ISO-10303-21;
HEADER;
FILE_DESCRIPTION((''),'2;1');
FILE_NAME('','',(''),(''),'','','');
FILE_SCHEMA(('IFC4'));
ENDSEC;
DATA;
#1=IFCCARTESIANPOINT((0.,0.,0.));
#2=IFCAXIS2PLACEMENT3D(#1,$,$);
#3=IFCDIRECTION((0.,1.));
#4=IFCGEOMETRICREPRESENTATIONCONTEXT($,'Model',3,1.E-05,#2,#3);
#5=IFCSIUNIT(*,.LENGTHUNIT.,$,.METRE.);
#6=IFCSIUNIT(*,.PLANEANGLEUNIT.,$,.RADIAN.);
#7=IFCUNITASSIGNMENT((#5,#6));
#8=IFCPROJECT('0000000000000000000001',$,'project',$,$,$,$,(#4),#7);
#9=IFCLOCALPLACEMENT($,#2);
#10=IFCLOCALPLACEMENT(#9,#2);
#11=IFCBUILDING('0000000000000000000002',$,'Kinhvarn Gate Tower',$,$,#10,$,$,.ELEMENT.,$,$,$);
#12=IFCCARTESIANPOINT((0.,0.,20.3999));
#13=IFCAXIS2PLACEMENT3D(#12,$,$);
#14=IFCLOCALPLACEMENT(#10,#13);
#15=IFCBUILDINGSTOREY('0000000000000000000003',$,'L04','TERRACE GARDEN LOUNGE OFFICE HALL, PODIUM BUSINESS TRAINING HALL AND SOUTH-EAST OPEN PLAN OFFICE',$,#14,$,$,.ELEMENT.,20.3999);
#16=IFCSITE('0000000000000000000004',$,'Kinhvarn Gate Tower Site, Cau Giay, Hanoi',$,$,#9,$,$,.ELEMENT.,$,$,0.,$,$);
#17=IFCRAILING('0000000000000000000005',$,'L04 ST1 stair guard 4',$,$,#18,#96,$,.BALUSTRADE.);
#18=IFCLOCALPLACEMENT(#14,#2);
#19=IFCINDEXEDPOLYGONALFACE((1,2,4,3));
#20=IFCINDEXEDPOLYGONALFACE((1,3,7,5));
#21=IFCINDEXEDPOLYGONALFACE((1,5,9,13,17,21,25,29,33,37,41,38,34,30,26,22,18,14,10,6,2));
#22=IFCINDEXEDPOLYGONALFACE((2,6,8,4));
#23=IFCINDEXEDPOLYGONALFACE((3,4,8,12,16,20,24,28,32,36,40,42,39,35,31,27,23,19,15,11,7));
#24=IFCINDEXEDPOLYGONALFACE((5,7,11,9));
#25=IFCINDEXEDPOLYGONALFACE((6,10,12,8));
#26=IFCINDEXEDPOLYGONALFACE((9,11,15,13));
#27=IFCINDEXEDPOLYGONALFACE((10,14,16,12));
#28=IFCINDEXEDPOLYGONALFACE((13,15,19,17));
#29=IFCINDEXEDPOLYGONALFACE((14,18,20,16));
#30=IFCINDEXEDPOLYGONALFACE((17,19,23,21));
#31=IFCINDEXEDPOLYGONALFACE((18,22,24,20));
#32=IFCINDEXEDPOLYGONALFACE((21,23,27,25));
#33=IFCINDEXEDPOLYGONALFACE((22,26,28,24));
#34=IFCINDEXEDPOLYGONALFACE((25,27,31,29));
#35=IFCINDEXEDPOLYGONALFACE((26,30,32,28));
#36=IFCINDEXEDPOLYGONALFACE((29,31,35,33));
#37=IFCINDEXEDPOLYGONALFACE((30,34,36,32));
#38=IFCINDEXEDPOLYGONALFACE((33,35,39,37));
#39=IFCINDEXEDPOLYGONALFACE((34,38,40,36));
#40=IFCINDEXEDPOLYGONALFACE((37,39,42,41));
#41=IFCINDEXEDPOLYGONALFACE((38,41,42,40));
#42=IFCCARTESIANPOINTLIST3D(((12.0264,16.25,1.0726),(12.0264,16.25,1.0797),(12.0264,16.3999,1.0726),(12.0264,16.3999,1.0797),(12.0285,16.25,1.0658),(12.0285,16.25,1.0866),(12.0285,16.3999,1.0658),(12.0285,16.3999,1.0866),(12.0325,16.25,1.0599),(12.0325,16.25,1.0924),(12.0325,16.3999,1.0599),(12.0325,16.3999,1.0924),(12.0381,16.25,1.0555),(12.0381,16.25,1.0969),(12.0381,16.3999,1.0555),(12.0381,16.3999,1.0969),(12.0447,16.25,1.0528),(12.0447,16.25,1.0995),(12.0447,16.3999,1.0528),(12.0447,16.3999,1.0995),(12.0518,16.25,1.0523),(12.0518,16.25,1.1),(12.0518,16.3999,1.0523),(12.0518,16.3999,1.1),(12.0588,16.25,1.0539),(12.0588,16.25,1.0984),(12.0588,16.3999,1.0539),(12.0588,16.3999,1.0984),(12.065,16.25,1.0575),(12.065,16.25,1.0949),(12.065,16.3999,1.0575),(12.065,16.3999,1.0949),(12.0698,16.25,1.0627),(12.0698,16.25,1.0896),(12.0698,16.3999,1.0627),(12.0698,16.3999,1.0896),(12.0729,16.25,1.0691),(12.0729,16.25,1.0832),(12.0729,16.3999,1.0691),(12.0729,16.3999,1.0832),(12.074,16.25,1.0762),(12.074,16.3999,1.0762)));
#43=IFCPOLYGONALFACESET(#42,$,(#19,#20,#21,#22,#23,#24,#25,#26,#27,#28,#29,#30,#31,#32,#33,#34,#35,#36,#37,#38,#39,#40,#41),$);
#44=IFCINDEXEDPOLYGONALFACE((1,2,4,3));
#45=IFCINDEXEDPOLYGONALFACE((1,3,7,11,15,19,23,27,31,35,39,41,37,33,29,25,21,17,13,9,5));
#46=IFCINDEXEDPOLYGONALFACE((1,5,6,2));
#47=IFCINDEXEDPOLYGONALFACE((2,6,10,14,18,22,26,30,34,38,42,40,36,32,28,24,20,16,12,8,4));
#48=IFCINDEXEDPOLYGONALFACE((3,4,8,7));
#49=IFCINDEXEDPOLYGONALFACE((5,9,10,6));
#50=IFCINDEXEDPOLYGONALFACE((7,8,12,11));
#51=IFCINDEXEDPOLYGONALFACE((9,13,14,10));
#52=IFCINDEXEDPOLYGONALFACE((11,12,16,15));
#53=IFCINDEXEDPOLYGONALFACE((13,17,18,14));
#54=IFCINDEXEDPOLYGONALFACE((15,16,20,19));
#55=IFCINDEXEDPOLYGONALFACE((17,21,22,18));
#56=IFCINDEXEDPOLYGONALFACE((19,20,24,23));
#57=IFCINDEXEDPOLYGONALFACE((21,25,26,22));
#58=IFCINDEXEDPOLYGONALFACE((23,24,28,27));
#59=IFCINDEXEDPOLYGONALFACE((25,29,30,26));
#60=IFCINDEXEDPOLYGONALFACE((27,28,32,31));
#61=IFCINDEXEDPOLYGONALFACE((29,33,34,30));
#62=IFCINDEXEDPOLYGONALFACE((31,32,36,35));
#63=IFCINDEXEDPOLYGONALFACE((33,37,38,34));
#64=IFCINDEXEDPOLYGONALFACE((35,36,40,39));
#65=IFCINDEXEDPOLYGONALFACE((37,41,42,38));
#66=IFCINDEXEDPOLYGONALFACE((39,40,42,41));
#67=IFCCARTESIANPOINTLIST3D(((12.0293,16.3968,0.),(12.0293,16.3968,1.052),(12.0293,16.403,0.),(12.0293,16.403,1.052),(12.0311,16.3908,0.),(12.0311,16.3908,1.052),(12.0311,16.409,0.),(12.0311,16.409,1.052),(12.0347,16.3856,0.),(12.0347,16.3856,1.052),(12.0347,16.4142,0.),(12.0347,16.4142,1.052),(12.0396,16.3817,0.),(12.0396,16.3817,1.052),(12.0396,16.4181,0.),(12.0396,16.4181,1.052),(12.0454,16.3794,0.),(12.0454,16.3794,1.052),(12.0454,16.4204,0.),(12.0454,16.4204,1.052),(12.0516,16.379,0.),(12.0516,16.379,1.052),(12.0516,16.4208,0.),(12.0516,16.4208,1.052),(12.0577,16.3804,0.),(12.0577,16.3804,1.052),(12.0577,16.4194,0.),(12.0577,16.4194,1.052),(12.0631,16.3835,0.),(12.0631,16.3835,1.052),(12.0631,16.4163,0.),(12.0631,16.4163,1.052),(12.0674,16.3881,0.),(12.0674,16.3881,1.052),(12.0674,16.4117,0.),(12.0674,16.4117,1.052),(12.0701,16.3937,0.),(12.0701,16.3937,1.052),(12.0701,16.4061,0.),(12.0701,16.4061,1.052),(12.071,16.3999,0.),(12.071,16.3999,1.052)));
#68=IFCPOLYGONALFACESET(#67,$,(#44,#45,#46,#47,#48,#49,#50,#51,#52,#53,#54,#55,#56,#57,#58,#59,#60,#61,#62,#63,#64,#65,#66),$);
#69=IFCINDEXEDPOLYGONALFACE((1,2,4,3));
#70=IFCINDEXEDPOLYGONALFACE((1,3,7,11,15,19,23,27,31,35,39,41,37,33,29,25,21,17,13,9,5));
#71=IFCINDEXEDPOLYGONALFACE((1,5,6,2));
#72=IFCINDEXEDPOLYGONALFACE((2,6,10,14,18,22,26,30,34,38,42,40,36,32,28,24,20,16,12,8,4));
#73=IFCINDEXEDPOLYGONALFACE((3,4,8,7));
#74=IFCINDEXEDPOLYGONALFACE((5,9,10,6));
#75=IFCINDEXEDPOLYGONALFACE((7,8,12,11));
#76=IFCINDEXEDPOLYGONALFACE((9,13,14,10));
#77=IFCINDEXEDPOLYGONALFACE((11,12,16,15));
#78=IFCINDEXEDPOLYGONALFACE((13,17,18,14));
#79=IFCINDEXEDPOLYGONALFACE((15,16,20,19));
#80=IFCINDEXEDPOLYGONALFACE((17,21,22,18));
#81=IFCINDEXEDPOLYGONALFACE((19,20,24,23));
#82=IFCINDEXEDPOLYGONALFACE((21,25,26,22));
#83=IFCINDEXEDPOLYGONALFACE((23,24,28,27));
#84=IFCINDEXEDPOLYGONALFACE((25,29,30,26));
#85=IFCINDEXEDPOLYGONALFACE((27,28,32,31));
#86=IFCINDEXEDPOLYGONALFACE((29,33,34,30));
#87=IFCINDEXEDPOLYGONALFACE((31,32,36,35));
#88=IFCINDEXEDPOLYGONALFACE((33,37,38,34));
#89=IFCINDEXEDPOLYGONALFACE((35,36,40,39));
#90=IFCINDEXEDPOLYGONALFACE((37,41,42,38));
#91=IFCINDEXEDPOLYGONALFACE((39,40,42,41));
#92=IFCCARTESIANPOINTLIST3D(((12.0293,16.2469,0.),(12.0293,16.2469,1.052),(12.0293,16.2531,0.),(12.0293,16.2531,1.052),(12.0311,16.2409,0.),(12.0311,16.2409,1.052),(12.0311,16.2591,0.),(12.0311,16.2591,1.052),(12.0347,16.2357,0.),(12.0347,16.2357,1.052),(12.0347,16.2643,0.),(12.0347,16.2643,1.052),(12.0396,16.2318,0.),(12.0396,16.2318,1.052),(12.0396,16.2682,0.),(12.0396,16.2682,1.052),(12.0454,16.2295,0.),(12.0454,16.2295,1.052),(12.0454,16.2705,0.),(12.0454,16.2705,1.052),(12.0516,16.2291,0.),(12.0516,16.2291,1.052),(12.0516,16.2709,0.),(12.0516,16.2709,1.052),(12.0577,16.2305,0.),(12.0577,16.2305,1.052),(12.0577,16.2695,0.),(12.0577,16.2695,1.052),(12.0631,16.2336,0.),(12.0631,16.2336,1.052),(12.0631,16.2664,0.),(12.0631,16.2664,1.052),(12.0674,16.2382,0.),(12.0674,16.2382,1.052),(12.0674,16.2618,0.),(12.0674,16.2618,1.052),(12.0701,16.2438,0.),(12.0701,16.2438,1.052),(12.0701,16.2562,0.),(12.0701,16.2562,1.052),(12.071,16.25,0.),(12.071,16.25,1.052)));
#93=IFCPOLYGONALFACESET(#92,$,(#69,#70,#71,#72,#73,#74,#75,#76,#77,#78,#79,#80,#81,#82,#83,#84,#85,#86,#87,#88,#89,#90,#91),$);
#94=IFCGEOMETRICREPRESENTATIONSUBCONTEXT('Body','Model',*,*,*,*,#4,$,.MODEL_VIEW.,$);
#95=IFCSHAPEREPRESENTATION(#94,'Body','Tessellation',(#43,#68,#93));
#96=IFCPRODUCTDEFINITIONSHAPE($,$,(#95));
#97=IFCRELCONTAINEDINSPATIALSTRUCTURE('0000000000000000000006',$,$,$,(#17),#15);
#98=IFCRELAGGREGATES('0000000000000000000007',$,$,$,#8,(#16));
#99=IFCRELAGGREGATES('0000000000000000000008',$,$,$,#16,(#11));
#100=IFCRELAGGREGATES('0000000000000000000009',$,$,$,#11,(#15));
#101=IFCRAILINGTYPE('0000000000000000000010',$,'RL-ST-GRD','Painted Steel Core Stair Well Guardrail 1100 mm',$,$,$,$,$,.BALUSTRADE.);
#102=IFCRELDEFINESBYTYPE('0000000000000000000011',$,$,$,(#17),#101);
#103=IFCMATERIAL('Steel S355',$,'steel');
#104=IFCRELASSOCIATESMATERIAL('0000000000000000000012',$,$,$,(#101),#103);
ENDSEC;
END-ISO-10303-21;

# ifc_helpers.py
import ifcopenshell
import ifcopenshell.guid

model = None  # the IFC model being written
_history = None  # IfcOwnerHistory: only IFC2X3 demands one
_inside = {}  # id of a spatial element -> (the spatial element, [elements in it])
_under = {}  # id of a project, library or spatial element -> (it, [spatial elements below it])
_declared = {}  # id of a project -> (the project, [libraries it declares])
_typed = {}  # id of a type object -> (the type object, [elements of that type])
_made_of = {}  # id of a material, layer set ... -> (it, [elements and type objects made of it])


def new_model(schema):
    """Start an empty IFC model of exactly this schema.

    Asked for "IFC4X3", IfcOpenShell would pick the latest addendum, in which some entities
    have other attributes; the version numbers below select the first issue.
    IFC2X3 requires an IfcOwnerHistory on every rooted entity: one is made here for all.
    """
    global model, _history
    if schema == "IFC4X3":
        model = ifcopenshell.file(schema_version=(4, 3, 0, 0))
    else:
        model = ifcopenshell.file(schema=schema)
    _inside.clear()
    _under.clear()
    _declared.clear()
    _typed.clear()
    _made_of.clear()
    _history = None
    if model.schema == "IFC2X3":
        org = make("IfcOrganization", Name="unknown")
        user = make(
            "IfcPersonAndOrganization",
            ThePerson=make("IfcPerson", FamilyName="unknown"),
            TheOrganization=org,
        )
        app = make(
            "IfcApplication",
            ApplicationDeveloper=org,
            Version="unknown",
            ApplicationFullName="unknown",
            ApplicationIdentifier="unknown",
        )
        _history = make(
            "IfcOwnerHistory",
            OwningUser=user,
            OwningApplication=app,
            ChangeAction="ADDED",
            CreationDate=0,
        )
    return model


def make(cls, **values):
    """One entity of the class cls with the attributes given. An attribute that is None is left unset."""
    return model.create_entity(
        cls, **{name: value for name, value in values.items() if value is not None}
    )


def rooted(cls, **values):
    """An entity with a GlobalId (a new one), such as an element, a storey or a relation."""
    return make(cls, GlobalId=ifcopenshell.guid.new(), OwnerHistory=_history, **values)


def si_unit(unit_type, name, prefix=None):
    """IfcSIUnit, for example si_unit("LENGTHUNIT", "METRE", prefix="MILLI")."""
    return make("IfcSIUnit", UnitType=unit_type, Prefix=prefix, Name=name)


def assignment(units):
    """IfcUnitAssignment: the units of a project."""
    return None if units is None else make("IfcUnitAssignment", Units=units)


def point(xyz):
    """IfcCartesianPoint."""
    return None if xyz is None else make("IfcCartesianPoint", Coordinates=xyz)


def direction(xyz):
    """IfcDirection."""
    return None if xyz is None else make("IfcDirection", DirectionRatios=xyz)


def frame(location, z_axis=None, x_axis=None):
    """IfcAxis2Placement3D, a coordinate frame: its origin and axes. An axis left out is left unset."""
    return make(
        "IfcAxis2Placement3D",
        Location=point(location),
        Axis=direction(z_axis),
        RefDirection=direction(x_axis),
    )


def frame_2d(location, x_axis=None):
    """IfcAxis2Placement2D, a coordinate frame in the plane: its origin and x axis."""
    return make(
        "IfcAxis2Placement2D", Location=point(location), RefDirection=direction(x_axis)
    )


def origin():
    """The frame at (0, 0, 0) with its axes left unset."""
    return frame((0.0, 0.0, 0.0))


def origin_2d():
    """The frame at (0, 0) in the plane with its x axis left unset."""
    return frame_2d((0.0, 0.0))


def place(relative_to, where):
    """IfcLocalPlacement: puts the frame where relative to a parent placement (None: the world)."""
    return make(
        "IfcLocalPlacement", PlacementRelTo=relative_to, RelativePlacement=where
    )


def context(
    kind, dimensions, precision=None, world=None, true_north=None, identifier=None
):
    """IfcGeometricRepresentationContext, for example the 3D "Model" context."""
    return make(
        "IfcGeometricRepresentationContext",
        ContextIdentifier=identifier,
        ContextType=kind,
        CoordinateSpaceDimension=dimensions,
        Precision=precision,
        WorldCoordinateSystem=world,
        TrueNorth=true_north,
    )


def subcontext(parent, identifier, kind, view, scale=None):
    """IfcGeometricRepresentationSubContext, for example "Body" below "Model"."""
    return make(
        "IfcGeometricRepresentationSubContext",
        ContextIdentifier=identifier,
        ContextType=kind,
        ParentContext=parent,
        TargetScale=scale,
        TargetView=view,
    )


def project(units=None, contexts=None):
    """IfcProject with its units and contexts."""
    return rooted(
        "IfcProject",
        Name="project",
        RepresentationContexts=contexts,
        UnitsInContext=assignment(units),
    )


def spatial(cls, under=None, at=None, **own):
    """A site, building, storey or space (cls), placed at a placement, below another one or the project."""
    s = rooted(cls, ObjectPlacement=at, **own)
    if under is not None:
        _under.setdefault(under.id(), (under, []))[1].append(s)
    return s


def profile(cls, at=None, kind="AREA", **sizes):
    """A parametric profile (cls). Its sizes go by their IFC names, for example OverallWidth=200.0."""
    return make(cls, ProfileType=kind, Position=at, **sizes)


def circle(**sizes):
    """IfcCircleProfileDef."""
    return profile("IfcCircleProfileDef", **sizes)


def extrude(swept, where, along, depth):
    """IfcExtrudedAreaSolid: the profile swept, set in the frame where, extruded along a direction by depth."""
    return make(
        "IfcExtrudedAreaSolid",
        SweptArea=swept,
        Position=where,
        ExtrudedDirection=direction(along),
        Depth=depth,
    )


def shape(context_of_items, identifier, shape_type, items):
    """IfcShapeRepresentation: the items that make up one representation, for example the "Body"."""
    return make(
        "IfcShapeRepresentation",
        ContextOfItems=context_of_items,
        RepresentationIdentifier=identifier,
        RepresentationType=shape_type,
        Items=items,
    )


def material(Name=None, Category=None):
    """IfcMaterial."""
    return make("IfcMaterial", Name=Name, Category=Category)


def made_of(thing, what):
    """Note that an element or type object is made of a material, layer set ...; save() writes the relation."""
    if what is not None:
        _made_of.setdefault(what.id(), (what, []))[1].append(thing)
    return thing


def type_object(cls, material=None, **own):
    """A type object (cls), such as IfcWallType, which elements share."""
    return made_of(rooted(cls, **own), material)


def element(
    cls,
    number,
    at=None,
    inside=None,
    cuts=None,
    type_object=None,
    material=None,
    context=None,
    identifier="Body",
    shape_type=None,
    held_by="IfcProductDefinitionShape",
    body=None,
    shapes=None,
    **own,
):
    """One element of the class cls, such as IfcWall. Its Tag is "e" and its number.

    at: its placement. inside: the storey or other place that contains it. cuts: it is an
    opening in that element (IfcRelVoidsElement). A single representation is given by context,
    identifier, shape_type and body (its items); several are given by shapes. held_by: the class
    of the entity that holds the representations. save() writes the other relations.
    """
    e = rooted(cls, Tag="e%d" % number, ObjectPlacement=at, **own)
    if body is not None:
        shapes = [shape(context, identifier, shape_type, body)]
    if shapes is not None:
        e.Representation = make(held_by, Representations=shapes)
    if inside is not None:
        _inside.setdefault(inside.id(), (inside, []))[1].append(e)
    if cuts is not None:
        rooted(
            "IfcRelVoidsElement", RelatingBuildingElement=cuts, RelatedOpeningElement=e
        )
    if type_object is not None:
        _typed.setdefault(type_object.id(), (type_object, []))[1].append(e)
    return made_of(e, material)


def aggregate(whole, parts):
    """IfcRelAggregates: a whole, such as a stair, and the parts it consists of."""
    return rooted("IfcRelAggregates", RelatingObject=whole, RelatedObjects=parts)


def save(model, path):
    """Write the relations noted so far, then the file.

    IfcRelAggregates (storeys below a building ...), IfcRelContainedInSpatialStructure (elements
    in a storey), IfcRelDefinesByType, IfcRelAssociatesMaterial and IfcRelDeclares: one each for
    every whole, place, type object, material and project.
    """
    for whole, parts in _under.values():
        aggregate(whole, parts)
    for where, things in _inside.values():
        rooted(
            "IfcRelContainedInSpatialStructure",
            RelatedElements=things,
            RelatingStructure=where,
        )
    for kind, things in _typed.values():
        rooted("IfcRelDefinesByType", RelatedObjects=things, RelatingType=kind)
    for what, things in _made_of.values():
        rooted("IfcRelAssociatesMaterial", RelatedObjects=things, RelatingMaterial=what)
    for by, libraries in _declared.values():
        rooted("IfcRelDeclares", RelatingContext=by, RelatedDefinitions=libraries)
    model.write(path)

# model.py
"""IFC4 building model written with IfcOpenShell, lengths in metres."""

from ifc_helpers import new_model, si_unit, direction, frame, origin, origin_2d, place, context, subcontext, project, spatial, circle, extrude, material, type_object, element, save


model = new_model("IFC4")

# Units and contexts
model_context = context("Model", 3, precision=1e-05, world=origin(), true_north=direction((0.0, 1.0)))
body_context = subcontext(model_context, "Body", "Model", "MODEL_VIEW")
ifc_project = project(units=[si_unit("LENGTHUNIT", "METRE"), si_unit("PLANEANGLEUNIT", "RADIAN")], contexts=[model_context])

# Site, building, storey
site_placement = place(None, origin())
site = spatial("IfcSite", under=ifc_project, at=site_placement, Name="Kinhvarn Gate Tower Site, Cau Giay, Hanoi", CompositionType="ELEMENT", RefElevation=0.0)
building_placement = place(site_placement, origin())
building = spatial("IfcBuilding", under=site, at=building_placement, Name="Kinhvarn Gate Tower", CompositionType="ELEMENT")
storey_placement = place(building_placement, frame((0.0, 0.0, 20.3999)))
storey = spatial("IfcBuildingStorey", under=building, at=storey_placement, Name="L04", Description="TERRACE GARDEN LOUNGE OFFICE HALL, PODIUM BUSINESS TRAINING HALL AND SOUTH-EAST OPEN PLAN OFFICE", CompositionType="ELEMENT", Elevation=20.3999)

# Shared definitions
ifc_material_1 = material(Name="Steel S355", Category="steel")

# Railing
railing_type_1 = type_object("IfcRailingType", Name="RL-ST-GRD", Description="Painted Steel Core Stair Well Guardrail 1100 mm", PredefinedType="BALUSTRADE", material=ifc_material_1)
railing_1_placement = place(storey_placement, frame((12.05, 16.3999, 0.0)))
element("IfcRailing", 1, at=railing_1_placement, inside=storey, type_object=railing_type_1, Name="L04 ST1 stair guard 4", PredefinedType="BALUSTRADE", context=body_context, shape_type="SweptSolid", body=[
    extrude(circle(Radius=0.0239, at=origin_2d()), frame((0.0, 0.0, 1.0762), z_axis=(0.0, -1.0, 0.0), x_axis=(1.0, 0.0, 0.0)), (0.0, 0.0, 1.0), 0.1499),
    extrude(circle(Radius=0.021, at=origin_2d()), origin(), (0.0, 0.0, 1.0), 1.052),
    extrude(circle(Radius=0.021, at=origin_2d()), frame((0.0, -0.1499, 0.0)), (0.0, 0.0, 1.0), 1.052),
])

save(model, "model.ifc")
